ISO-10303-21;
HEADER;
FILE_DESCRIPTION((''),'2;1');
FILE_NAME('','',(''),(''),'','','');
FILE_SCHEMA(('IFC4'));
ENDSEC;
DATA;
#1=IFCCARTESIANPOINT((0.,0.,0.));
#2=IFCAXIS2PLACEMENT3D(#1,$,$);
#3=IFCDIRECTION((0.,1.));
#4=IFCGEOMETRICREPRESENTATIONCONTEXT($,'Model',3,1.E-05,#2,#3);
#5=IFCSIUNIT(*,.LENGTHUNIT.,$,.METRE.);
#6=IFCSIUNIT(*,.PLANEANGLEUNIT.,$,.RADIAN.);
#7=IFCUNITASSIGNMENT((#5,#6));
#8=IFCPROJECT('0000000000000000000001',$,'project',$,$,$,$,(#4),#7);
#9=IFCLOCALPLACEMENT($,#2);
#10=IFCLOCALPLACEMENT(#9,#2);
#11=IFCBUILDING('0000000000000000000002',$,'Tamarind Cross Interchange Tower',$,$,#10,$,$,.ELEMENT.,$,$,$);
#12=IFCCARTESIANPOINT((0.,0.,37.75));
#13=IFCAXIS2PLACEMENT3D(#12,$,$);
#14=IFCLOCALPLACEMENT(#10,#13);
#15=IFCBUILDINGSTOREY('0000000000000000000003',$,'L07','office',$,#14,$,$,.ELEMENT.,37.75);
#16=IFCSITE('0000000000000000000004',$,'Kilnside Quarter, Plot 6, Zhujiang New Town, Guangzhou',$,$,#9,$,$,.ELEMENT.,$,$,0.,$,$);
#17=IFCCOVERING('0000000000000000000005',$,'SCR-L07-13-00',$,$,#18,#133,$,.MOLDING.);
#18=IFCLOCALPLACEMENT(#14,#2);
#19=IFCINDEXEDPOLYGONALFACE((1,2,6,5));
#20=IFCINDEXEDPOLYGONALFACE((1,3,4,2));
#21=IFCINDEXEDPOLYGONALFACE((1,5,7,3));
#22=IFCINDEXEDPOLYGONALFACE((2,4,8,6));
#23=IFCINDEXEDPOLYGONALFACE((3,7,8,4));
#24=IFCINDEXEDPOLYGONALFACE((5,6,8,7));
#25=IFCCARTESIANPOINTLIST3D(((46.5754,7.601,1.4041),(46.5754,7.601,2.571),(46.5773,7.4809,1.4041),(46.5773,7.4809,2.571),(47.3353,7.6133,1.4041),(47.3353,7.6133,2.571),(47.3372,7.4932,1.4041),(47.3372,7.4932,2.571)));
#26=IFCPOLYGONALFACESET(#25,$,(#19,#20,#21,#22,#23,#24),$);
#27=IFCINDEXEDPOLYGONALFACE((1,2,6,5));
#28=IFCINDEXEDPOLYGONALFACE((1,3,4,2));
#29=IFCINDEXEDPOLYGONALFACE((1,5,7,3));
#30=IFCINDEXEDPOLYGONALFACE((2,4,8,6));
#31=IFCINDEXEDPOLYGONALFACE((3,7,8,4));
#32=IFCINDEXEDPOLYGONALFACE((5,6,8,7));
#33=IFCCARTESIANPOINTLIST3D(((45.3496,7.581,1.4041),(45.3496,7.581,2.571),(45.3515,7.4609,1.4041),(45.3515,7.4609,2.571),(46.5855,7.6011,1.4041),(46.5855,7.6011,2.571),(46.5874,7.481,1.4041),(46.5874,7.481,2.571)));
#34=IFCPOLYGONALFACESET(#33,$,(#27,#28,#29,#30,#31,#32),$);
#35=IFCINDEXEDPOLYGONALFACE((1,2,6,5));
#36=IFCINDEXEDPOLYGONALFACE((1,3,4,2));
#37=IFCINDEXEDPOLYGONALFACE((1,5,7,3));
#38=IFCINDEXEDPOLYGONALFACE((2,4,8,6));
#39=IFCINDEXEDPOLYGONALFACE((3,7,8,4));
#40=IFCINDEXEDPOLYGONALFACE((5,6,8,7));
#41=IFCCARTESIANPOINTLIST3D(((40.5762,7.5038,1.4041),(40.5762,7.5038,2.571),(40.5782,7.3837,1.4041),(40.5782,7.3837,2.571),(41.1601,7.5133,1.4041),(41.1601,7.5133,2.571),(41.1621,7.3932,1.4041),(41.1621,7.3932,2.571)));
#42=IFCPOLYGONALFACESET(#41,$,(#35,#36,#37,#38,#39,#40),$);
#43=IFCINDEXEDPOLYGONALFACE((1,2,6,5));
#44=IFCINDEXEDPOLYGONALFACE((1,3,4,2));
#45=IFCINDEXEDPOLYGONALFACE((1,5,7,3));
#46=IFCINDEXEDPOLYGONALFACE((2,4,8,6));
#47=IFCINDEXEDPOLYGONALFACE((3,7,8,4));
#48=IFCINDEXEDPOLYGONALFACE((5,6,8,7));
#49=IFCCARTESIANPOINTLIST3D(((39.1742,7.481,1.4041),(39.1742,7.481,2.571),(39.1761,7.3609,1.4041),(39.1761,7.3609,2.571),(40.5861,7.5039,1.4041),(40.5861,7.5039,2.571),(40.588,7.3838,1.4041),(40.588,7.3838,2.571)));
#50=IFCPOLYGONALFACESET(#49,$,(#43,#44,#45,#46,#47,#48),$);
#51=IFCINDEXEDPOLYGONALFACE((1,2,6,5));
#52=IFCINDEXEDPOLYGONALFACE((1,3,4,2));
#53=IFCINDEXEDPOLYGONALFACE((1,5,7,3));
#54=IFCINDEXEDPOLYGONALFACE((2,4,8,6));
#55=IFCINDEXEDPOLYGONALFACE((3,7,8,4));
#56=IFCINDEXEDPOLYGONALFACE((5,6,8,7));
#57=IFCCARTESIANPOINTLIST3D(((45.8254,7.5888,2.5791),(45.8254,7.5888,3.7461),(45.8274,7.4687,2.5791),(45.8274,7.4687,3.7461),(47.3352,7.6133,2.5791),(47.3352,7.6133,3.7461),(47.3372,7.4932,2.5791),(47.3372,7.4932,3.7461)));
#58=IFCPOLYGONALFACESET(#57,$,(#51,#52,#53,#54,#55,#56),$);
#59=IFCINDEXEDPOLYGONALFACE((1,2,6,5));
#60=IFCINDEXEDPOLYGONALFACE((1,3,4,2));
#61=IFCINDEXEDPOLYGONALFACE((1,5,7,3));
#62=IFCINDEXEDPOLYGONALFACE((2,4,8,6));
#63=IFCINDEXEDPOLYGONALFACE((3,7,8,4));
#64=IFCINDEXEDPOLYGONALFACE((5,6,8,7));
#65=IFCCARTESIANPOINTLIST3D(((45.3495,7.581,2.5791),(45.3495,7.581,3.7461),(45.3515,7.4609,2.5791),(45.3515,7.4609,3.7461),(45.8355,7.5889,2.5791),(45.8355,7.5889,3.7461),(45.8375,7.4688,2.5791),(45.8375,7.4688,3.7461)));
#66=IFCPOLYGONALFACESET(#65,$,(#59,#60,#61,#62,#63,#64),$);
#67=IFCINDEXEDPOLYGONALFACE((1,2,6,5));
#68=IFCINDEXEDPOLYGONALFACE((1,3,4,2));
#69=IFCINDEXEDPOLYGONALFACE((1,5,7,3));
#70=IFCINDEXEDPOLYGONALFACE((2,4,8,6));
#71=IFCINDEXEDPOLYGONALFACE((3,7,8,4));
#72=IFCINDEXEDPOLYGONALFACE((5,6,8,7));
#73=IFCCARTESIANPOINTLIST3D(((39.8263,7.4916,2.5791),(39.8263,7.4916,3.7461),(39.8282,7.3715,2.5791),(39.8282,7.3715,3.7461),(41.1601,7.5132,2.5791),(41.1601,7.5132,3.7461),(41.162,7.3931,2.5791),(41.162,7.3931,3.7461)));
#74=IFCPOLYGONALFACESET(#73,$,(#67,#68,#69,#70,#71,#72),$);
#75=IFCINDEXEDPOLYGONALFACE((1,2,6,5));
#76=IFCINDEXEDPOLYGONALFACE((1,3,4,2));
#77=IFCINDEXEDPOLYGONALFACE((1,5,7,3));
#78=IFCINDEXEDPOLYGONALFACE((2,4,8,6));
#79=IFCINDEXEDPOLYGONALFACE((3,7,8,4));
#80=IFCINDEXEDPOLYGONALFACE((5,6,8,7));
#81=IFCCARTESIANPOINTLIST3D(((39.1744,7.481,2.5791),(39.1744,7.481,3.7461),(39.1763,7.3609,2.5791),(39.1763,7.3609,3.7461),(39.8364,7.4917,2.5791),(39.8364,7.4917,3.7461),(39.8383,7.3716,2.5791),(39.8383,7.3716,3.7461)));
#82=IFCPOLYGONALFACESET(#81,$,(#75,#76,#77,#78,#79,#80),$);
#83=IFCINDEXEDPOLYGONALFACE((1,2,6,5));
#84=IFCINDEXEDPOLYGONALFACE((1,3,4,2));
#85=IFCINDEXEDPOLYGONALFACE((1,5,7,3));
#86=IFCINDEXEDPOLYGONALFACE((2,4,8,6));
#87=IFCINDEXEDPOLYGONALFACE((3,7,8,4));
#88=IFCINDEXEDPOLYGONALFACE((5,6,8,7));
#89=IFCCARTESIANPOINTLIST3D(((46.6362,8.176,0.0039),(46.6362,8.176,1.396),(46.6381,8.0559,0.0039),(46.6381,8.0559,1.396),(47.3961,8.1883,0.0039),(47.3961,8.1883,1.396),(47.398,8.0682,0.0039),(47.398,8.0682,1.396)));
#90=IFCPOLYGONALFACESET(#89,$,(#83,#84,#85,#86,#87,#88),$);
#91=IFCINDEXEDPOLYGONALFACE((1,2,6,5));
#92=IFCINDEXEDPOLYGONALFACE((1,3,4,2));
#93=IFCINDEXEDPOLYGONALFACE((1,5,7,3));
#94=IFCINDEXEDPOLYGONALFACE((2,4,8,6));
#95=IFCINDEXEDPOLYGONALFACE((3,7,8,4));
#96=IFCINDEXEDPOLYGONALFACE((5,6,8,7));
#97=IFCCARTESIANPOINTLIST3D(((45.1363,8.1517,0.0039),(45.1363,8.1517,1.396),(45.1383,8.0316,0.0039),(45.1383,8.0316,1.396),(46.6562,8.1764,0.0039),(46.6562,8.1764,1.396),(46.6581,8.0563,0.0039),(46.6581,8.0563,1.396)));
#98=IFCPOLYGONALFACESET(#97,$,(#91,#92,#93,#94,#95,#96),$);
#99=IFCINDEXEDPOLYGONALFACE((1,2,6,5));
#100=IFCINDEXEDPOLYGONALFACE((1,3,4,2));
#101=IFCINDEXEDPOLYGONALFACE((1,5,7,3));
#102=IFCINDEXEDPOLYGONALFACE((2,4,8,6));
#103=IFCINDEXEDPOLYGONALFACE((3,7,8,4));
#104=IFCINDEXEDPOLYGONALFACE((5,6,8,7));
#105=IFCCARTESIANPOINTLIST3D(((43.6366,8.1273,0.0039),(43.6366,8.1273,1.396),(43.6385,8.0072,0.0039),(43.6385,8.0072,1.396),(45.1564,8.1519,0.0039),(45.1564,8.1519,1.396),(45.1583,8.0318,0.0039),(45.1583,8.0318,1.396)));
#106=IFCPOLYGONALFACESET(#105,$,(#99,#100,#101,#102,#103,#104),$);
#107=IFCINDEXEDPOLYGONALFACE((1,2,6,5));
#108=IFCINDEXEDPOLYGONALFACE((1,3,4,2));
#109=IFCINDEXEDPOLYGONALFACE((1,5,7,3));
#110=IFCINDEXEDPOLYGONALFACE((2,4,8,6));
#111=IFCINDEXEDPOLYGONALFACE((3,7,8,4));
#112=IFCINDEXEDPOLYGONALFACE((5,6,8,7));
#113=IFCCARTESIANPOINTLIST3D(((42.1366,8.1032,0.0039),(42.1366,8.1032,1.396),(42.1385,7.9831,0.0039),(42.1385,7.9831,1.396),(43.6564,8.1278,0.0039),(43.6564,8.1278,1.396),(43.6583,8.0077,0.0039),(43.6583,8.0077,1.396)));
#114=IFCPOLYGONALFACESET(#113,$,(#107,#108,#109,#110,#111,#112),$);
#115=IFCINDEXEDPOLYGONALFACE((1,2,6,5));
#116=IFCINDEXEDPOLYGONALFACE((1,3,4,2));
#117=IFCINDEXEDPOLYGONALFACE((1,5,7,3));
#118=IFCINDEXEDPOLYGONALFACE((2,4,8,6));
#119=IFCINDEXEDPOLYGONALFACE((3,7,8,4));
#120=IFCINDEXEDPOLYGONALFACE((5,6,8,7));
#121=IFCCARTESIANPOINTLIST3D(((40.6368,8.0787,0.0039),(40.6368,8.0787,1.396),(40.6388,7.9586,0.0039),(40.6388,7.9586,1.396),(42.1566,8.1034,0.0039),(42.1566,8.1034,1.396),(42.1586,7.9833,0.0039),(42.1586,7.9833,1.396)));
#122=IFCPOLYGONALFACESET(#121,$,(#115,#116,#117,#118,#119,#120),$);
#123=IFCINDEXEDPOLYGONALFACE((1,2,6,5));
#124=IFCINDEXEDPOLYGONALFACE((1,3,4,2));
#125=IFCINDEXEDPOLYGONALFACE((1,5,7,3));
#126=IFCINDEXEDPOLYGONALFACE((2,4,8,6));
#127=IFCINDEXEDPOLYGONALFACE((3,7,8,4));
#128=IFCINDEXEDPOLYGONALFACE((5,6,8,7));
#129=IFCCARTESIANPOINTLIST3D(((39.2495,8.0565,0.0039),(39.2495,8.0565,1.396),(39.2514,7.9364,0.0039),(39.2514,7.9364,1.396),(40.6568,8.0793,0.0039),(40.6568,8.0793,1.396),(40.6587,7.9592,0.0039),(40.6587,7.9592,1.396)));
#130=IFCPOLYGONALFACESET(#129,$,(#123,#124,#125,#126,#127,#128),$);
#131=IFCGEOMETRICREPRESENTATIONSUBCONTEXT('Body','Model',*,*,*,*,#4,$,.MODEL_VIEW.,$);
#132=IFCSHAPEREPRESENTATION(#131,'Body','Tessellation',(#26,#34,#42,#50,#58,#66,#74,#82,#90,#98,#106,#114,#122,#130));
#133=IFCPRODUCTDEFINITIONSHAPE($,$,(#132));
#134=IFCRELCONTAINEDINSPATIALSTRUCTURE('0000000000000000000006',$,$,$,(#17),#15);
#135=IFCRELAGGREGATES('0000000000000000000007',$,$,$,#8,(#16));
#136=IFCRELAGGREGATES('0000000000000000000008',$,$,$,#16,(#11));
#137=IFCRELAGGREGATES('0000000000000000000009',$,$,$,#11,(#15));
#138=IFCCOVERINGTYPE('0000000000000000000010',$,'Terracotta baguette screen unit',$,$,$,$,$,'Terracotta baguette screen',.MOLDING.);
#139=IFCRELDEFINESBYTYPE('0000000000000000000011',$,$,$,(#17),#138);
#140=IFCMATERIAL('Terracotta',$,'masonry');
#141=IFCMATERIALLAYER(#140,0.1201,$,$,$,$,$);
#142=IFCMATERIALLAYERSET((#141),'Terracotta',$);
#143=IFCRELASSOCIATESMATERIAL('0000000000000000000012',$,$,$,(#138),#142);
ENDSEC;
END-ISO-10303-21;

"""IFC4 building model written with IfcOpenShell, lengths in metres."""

from ifc_helpers import new_model, si_unit, direction, frame, origin, origin_2d, place, context, subcontext, project, spatial, rectangle, extrude, material, layer, layer_set, type_object, element, save


model = new_model("IFC4")

# Units and contexts
model_context = context("Model", 3, precision=1e-05, world=origin(), true_north=direction((0.0, 1.0)))
body_context = subcontext(model_context, "Body", "Model", "MODEL_VIEW")
ifc_project = project(units=[si_unit("LENGTHUNIT", "METRE"), si_unit("PLANEANGLEUNIT", "RADIAN")], contexts=[model_context])

# Site, building, storey
site_placement = place(None, origin())
site = spatial("IfcSite", under=ifc_project, at=site_placement, Name="Kilnside Quarter, Plot 6, Zhujiang New Town, Guangzhou", CompositionType="ELEMENT", RefElevation=0.0)
building_placement = place(site_placement, origin())
building = spatial("IfcBuilding", under=site, at=building_placement, Name="Tamarind Cross Interchange Tower", CompositionType="ELEMENT")
storey_placement = place(building_placement, frame((0.0, 0.0, 37.75)))
storey = spatial("IfcBuildingStorey", under=building, at=storey_placement, Name="L07", Description="office", CompositionType="ELEMENT", Elevation=37.75)

# Covering
ifc_material_1 = material(Name="Terracotta", Category="masonry")
ifc_layer_1 = layer(ifc_material_1, 0.1201)
ifc_layer_set_1 = layer_set([ifc_layer_1], Name="Terracotta")
covering_type = type_object("IfcCoveringType", Name="Terracotta baguette screen unit", ElementType="Terracotta baguette screen", PredefinedType="MOLDING", material=ifc_layer_set_1)
covering_1_placement = place(storey_placement, origin())
element("IfcCovering", 1, at=covering_1_placement, inside=storey, type_object=covering_type, Name="SCR-L07-13-00", PredefinedType="MOLDING", context=body_context, shape_type="SweptSolid", body=[
    extrude(rectangle(XDim=0.76, YDim=0.1201, at=origin_2d()), frame((46.9563, 7.5471, 1.4041), z_axis=(0.0, 0.0, 1.0), x_axis=(-0.999869, -0.016194, 0.0)), (0.0, 0.0, 1.0), 1.167),
    extrude(rectangle(XDim=1.2361, YDim=0.1201, at=origin_2d()), frame((45.9685, 7.531, 1.4041), z_axis=(0.0, 0.0, 1.0), x_axis=(-0.999869, -0.016194, 0.0)), (0.0, 0.0, 1.0), 1.167),
    extrude(rectangle(XDim=0.584, YDim=0.1201, at=origin_2d()), frame((40.8691, 7.4485, 1.4041), z_axis=(0.0, 0.0, 1.0), x_axis=(-0.999869, -0.016194, 0.0)), (0.0, 0.0, 1.0), 1.167),
    extrude(rectangle(XDim=1.4121, YDim=0.1201, at=origin_2d()), frame((39.8811, 7.4324, 1.4041), z_axis=(0.0, 0.0, 1.0), x_axis=(-0.999869, -0.016194, 0.0)), (0.0, 0.0, 1.0), 1.167),
    extrude(rectangle(XDim=1.51, YDim=0.1201, at=origin_2d()), frame((46.5813, 7.541, 2.5791), z_axis=(0.0, 0.0, 1.0), x_axis=(-0.999869, -0.016194, 0.0)), (0.0, 0.0, 1.0), 1.167),
    extrude(rectangle(XDim=0.4861, YDim=0.1201, at=origin_2d()), frame((45.5935, 7.5249, 2.5791), z_axis=(0.0, 0.0, 1.0), x_axis=(-0.999869, -0.016194, 0.0)), (0.0, 0.0, 1.0), 1.167),
    extrude(rectangle(XDim=1.334, YDim=0.1201, at=origin_2d()), frame((40.4941, 7.4424, 2.5791), z_axis=(0.0, 0.0, 1.0), x_axis=(-0.999869, -0.016194, 0.0)), (0.0, 0.0, 1.0), 1.167),
    extrude(rectangle(XDim=0.6621, YDim=0.1201, at=origin_2d()), frame((39.5063, 7.4263, 2.5791), z_axis=(0.0, 0.0, 1.0), x_axis=(-0.999869, -0.016194, 0.0)), (0.0, 0.0, 1.0), 1.167),
    extrude(rectangle(XDim=0.76, YDim=0.1201, at=origin_2d()), frame((47.0171, 8.1221, 0.0039), z_axis=(0.0, 0.0, 1.0), x_axis=(-0.999869, -0.016194, 0.0)), (0.0, 0.0, 1.0), 1.3921),
    extrude(rectangle(XDim=1.52, YDim=0.1201, at=origin_2d()), frame((45.8972, 8.104, 0.0039), z_axis=(0.0, 0.0, 1.0), x_axis=(-0.999869, -0.016194, 0.0)), (0.0, 0.0, 1.0), 1.3921),
    extrude(rectangle(XDim=1.52, YDim=0.1201, at=origin_2d()), frame((44.3975, 8.0796, 0.0039), z_axis=(0.0, 0.0, 1.0), x_axis=(-0.999869, -0.016194, 0.0)), (0.0, 0.0, 1.0), 1.3921),
    extrude(rectangle(XDim=1.52, YDim=0.1201, at=origin_2d()), frame((42.8975, 8.0554, 0.0039), z_axis=(0.0, 0.0, 1.0), x_axis=(-0.999869, -0.016194, 0.0)), (0.0, 0.0, 1.0), 1.3921),
    extrude(rectangle(XDim=1.52, YDim=0.1201, at=origin_2d()), frame((41.3977, 8.031, 0.0039), z_axis=(0.0, 0.0, 1.0), x_axis=(-0.999869, -0.016194, 0.0)), (0.0, 0.0, 1.0), 1.3921),
    extrude(rectangle(XDim=1.4075, YDim=0.1201, at=origin_2d()), frame((39.9541, 8.0078, 0.0039), z_axis=(0.0, 0.0, 1.0), x_axis=(-0.999869, -0.016194, 0.0)), (0.0, 0.0, 1.0), 1.3921),
])

save(model, "model.ifc")
